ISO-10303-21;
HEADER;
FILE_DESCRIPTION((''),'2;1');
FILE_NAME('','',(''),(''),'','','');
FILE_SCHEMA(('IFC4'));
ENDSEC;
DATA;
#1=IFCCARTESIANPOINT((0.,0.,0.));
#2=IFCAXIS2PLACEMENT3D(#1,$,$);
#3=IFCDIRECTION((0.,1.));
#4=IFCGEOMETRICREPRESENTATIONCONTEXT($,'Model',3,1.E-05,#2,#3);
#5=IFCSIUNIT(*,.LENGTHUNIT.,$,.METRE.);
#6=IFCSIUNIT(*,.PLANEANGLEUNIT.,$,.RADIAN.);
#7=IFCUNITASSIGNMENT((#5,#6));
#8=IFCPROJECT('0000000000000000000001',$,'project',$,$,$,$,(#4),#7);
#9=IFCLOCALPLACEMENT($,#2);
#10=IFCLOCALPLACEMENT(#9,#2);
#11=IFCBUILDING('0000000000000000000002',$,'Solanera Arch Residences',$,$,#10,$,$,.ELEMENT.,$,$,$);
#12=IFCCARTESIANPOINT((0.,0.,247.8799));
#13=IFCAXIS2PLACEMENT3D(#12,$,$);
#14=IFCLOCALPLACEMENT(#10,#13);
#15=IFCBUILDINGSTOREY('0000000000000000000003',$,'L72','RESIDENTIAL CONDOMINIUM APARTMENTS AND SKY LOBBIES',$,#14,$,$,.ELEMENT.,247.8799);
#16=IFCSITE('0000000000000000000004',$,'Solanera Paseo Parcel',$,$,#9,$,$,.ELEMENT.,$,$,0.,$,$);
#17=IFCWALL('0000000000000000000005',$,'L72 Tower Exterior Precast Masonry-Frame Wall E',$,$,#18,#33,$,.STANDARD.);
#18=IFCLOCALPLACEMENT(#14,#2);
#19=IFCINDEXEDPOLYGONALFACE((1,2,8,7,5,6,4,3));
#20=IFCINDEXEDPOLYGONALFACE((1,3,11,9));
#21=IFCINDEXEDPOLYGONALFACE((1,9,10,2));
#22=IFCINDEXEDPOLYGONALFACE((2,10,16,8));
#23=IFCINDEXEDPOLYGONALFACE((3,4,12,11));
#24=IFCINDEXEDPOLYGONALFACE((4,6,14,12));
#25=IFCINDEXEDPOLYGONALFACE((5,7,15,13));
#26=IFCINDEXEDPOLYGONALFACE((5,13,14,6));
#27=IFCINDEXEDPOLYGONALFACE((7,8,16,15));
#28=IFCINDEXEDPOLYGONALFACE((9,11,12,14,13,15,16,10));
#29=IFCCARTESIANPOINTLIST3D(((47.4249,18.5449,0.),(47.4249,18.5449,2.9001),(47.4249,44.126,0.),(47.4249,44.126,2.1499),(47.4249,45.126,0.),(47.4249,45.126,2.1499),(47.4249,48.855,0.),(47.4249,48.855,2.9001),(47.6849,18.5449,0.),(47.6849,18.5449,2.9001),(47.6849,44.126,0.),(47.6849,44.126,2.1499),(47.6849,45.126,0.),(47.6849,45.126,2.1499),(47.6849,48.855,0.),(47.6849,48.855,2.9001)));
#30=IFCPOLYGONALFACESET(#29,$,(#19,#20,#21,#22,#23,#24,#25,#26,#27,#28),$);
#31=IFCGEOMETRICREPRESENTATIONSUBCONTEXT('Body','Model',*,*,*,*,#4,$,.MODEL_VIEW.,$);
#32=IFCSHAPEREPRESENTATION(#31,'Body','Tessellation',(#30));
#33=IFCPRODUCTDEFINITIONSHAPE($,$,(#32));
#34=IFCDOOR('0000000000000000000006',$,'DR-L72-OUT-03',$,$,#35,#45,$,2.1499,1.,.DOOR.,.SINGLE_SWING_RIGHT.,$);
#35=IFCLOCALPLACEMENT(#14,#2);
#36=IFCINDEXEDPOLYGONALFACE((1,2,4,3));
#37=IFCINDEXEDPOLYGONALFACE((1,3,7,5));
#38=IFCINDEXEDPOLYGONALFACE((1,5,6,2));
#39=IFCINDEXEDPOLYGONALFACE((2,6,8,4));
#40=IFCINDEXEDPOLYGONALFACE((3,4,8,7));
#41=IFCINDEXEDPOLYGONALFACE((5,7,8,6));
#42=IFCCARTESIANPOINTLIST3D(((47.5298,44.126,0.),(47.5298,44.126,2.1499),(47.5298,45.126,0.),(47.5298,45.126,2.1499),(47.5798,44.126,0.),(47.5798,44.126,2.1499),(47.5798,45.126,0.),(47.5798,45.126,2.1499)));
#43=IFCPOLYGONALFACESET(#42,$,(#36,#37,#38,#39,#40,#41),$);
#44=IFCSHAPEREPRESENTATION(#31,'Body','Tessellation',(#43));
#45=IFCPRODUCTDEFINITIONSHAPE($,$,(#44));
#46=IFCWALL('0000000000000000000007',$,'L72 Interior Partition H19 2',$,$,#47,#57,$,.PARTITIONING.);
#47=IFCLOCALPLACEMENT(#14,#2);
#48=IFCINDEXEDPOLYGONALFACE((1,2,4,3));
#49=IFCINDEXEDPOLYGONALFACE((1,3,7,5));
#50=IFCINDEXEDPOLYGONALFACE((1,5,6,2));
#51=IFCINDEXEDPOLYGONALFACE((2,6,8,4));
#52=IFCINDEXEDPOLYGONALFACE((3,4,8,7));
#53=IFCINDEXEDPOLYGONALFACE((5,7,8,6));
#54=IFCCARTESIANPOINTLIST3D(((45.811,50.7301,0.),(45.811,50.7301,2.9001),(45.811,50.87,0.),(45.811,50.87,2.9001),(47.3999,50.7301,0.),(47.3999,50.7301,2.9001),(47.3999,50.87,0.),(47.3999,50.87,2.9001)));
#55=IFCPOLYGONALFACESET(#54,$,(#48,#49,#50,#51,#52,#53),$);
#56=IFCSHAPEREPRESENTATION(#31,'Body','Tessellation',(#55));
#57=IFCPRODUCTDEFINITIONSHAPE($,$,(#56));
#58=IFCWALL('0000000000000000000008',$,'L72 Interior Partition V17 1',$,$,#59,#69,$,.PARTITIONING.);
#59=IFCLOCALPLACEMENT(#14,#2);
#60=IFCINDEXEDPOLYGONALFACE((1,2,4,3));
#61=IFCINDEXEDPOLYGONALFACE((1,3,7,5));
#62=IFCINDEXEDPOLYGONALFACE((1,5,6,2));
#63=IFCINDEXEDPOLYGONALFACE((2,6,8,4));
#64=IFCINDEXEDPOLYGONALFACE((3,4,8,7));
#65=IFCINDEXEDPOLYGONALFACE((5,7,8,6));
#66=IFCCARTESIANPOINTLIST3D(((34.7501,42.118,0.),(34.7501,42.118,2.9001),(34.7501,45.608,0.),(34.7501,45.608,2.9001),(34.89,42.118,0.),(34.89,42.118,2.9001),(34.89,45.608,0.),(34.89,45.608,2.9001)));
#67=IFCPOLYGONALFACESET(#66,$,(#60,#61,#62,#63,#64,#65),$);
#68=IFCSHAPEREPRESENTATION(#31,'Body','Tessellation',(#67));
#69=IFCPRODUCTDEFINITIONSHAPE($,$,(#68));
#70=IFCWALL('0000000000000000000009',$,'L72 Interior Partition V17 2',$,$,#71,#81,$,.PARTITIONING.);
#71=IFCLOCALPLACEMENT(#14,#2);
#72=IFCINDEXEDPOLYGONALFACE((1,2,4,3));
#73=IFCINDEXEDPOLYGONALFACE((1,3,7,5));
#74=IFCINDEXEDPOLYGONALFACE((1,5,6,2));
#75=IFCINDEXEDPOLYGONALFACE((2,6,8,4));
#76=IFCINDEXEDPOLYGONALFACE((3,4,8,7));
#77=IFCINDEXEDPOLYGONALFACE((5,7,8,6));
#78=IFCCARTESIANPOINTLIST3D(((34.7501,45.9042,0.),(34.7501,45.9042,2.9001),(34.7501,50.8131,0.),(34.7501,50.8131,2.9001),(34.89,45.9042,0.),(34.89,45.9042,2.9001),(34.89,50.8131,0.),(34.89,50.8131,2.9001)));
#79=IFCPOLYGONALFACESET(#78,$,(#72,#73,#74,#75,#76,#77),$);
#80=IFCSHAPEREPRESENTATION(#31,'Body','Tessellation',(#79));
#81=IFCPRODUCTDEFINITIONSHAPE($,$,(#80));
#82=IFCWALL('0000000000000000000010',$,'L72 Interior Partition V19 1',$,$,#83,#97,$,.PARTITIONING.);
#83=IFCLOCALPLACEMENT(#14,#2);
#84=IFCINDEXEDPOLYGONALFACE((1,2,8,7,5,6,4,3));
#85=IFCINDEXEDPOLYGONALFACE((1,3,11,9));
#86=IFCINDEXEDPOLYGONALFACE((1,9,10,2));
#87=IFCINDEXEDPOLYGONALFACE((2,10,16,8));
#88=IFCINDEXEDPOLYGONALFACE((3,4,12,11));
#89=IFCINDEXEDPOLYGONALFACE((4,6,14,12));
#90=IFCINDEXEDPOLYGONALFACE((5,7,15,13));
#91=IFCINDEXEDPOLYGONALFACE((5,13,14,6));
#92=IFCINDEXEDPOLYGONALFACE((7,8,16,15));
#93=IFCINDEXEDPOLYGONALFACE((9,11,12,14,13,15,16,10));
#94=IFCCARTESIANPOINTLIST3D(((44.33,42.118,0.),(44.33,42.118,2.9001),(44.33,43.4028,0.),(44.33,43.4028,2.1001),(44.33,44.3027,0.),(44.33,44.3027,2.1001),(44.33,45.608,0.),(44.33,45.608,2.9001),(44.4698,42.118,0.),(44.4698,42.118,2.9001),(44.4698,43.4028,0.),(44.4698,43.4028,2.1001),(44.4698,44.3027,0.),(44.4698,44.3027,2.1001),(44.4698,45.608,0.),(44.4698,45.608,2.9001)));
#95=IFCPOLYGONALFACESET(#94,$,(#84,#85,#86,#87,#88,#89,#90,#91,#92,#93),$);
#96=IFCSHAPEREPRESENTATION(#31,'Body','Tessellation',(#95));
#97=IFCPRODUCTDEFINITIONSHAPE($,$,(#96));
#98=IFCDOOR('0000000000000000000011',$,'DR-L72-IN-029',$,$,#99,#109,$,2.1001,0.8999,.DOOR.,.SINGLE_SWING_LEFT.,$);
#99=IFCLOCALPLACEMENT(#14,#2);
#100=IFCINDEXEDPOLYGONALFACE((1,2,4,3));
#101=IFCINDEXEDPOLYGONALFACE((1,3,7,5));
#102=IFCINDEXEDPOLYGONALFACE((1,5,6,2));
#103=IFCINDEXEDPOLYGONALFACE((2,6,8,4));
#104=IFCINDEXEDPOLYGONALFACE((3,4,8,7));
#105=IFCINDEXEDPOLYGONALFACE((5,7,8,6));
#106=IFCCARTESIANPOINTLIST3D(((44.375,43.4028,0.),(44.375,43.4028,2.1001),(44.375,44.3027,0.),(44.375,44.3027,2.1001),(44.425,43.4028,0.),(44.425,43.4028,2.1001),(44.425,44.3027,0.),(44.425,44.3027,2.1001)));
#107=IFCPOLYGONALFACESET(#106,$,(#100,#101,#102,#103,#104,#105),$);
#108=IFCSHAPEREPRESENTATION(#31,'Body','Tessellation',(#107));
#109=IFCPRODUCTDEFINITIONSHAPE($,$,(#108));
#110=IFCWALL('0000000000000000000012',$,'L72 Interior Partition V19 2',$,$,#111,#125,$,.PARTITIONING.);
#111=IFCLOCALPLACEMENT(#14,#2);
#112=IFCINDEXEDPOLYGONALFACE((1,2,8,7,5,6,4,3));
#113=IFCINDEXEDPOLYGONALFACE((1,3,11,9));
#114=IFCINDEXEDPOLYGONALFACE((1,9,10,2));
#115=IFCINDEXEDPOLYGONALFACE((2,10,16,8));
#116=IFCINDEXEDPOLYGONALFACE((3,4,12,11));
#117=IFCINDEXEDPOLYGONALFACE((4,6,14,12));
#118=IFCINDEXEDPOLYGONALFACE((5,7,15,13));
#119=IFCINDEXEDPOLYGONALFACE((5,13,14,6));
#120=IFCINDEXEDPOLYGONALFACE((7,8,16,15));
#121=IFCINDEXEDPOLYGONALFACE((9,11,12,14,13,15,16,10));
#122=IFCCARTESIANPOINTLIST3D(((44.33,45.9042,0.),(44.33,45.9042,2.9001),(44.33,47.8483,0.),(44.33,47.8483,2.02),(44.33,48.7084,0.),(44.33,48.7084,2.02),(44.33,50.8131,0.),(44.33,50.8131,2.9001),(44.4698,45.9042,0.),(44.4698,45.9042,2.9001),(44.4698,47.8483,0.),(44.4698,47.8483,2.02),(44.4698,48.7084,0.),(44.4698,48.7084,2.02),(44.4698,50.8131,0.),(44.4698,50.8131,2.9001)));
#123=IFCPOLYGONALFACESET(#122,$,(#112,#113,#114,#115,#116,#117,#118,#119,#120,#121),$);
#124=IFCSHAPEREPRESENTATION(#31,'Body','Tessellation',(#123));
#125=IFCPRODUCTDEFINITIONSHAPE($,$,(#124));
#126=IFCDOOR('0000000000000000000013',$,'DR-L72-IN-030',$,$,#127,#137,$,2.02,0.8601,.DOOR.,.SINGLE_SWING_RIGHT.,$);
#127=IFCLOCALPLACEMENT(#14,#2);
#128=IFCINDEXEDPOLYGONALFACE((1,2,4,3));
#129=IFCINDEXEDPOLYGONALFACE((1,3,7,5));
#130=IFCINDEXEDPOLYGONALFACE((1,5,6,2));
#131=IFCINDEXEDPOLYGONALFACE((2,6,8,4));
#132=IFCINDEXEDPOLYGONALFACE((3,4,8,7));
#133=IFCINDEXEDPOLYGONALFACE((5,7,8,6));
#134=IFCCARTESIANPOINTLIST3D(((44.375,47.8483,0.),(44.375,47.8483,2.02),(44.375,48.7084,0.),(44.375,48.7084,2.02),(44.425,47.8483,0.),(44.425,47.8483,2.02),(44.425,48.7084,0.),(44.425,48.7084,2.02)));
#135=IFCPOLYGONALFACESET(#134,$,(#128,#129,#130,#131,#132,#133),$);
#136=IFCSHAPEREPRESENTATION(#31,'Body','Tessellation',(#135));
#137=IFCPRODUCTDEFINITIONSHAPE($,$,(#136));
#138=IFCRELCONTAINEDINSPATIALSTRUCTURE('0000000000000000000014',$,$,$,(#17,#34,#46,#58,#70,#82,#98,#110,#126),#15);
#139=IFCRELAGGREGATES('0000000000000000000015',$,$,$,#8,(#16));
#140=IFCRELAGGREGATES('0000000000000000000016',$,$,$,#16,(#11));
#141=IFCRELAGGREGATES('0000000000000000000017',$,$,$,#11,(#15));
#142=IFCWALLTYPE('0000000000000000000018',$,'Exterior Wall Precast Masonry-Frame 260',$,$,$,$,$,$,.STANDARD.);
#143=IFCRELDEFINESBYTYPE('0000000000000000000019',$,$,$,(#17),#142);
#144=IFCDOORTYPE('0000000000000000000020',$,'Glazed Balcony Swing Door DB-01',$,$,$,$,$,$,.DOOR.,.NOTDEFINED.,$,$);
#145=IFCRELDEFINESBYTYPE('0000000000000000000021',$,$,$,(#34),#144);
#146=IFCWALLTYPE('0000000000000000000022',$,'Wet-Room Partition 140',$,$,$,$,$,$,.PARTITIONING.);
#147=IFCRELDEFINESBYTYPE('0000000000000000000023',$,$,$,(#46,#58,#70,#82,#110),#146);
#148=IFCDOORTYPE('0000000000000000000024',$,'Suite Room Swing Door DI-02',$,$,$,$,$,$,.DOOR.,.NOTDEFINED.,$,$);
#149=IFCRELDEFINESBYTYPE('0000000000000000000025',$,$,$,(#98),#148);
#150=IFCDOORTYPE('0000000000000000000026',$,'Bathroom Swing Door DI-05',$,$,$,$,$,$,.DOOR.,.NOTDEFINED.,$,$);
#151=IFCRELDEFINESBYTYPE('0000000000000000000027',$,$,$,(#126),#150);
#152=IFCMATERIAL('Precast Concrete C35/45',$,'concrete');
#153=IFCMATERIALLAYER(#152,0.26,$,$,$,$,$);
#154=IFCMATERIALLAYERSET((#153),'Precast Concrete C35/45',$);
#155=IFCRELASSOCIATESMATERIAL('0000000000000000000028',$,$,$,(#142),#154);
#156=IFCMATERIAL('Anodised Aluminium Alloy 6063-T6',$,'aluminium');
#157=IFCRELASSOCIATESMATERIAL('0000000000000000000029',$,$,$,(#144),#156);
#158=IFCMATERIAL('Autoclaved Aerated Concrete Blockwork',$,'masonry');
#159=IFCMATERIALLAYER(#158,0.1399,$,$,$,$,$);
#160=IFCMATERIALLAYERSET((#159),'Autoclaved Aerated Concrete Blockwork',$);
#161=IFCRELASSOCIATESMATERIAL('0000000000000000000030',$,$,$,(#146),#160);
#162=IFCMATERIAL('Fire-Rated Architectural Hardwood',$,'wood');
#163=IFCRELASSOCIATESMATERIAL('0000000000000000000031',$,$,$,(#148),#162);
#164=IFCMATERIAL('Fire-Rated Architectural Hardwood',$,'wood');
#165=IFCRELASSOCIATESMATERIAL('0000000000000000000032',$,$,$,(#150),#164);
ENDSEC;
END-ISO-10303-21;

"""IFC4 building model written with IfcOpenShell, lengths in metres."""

from ifc_helpers import new_model, si_unit, direction, frame, frame_2d, origin, place, context, subcontext, project, spatial, rectangle, extrude, material, layer, layer_set, type_object, element, fill, save


model = new_model("IFC4")

# Units and contexts
model_context = context("Model", 3, precision=1e-05, world=origin(), true_north=direction((0.0, 1.0)))
body_context = subcontext(model_context, "Body", "Model", "MODEL_VIEW")
ifc_project = project(units=[si_unit("LENGTHUNIT", "METRE"), si_unit("PLANEANGLEUNIT", "RADIAN")], contexts=[model_context])

# Site, building, storey
site_placement = place(None, origin())
site = spatial("IfcSite", under=ifc_project, at=site_placement, Name="Solanera Paseo Parcel", CompositionType="ELEMENT", RefElevation=0.0)
building_placement = place(site_placement, origin())
building = spatial("IfcBuilding", under=site, at=building_placement, Name="Solanera Arch Residences", CompositionType="ELEMENT")
storey_placement = place(building_placement, frame((0.0, 0.0, 247.8799)))
storey = spatial("IfcBuildingStorey", under=building, at=storey_placement, Name="L72", Description="RESIDENTIAL CONDOMINIUM APARTMENTS AND SKY LOBBIES", CompositionType="ELEMENT", Elevation=247.8799)

# Shared definitions
ifc_material_1 = material(Name="Precast Concrete C35/45", Category="concrete")
ifc_layer_1 = layer(ifc_material_1, 0.26)
ifc_layer_set_1 = layer_set([ifc_layer_1], Name="Precast Concrete C35/45")
wall_type_1 = type_object("IfcWallType", Name="Exterior Wall Precast Masonry-Frame 260", PredefinedType="STANDARD", material=ifc_layer_set_1)

# Wall, opening, door
wall_1_placement = place(storey_placement, frame((47.5549, 48.855, 0.0), z_axis=(0.0, 0.0, 1.0), x_axis=(0.0, -1.0, 0.0)))
wall_1 = element("IfcWall", 1, at=wall_1_placement, inside=storey, type_object=wall_type_1, Name="L72 Tower Exterior Precast Masonry-Frame Wall E", PredefinedType="STANDARD", context=body_context, shape_type="SweptSolid", body=[
    extrude(rectangle(XDim=30.3101, YDim=0.26, at=frame_2d((15.155, 0.0))), origin(), (0.0, 0.0, 1.0), 2.9001),
])
opening_1_placement = place(wall_1_placement, frame((3.729, 0.0, 0.0)))
opening_1 = element("IfcOpeningElement", 2, at=opening_1_placement, cuts=wall_1, PredefinedType="OPENING", context=body_context, shape_type="SweptSolid", body=[
    extrude(rectangle(XDim=1.0, YDim=2.1499, at=frame_2d((0.5, 1.075))), frame((0.0, 0.1399, 0.0), z_axis=(0.0, -1.0, 0.0), x_axis=(1.0, 0.0, 0.0)), (0.0, 0.0, 1.0), 0.28),
])
ifc_material_2 = material(Name="Anodised Aluminium Alloy 6063-T6", Category="aluminium")
door_type_1 = type_object("IfcDoorType", Name="Glazed Balcony Swing Door DB-01", OperationType="NOTDEFINED", PredefinedType="DOOR", material=ifc_material_2)
door_1_placement = place(opening_1_placement, origin())
door_1 = element("IfcDoor", 3, at=door_1_placement, inside=storey, type_object=door_type_1, Name="DR-L72-OUT-03", OperationType="SINGLE_SWING_RIGHT", OverallHeight=2.1499, OverallWidth=1.0, PredefinedType="DOOR", context=body_context, shape_type="SweptSolid", body=[
    extrude(rectangle(XDim=1.0, YDim=2.1499, at=frame_2d((0.5, 1.075))), frame((0.0, 0.0249, 0.0), z_axis=(0.0, -1.0, 0.0), x_axis=(1.0, 0.0, 0.0)), (0.0, 0.0, 1.0), 0.05),
])
fill(opening_1, door_1)

# Walls
ifc_material_3 = material(Name="Autoclaved Aerated Concrete Blockwork", Category="masonry")
ifc_layer_2 = layer(ifc_material_3, 0.1399)
ifc_layer_set_2 = layer_set([ifc_layer_2], Name="Autoclaved Aerated Concrete Blockwork")
wall_type_2 = type_object("IfcWallType", Name="Wet-Room Partition 140", PredefinedType="PARTITIONING", material=ifc_layer_set_2)
wall_2_placement = place(storey_placement, frame((45.811, 50.8, 0.0), z_axis=(0.0, 0.0, 1.0), x_axis=(1.0, 0.0, 0.0)))
element("IfcWall", 4, at=wall_2_placement, inside=storey, type_object=wall_type_2, Name="L72 Interior Partition H19 2", PredefinedType="PARTITIONING", context=body_context, shape_type="SweptSolid", body=[
    extrude(rectangle(XDim=1.5889, YDim=0.1399, at=frame_2d((0.7944, 0.0))), origin(), (0.0, 0.0, 1.0), 2.9001),
])
wall_3_placement = place(storey_placement, frame((34.8201, 42.1179, 0.0), z_axis=(0.0, 0.0, 1.0), x_axis=(0.0, 1.0, 0.0)))
element("IfcWall", 5, at=wall_3_placement, inside=storey, type_object=wall_type_2, Name="L72 Interior Partition V17 1", PredefinedType="PARTITIONING", context=body_context, shape_type="SweptSolid", body=[
    extrude(rectangle(XDim=3.49, YDim=0.1399, at=frame_2d((1.7451, 0.0))), origin(), (0.0, 0.0, 1.0), 2.9001),
])
wall_4_placement = place(storey_placement, frame((34.8201, 45.9041, 0.0), z_axis=(0.0, 0.0, 1.0), x_axis=(0.0, 1.0, 0.0)))
element("IfcWall", 6, at=wall_4_placement, inside=storey, type_object=wall_type_2, Name="L72 Interior Partition V17 2", PredefinedType="PARTITIONING", context=body_context, shape_type="SweptSolid", body=[
    extrude(rectangle(XDim=4.9089, YDim=0.1399, at=frame_2d((2.4546, 0.0))), origin(), (0.0, 0.0, 1.0), 2.9001),
])

# Walls, openings, doors
wall_5_placement = place(storey_placement, frame((44.3999, 42.1179, 0.0), z_axis=(0.0, 0.0, 1.0), x_axis=(0.0, 1.0, 0.0)))
wall_5 = element("IfcWall", 7, at=wall_5_placement, inside=storey, type_object=wall_type_2, Name="L72 Interior Partition V19 1", PredefinedType="PARTITIONING", context=body_context, shape_type="SweptSolid", body=[
    extrude(rectangle(XDim=3.49, YDim=0.1399, at=frame_2d((1.7451, 0.0))), origin(), (0.0, 0.0, 1.0), 2.9001),
])
opening_2_placement = place(wall_5_placement, frame((1.2849, 0.0, 0.0)))
opening_2 = element("IfcOpeningElement", 8, at=opening_2_placement, cuts=wall_5, PredefinedType="OPENING", context=body_context, shape_type="SweptSolid", body=[
    extrude(rectangle(XDim=0.8999, YDim=2.1001, at=frame_2d((0.45, 1.05))), frame((0.0, 0.0798, 0.0), z_axis=(0.0, -1.0, 0.0), x_axis=(1.0, 0.0, 0.0)), (0.0, 0.0, 1.0), 0.1599),
])
ifc_material_4 = material(Name="Fire-Rated Architectural Hardwood", Category="wood")
door_type_2 = type_object("IfcDoorType", Name="Suite Room Swing Door DI-02", OperationType="NOTDEFINED", PredefinedType="DOOR", material=ifc_material_4)
door_2_placement = place(opening_2_placement, origin())
door_2 = element("IfcDoor", 9, at=door_2_placement, inside=storey, type_object=door_type_2, Name="DR-L72-IN-029", OperationType="SINGLE_SWING_LEFT", OverallHeight=2.1001, OverallWidth=0.8999, PredefinedType="DOOR", context=body_context, shape_type="SweptSolid", body=[
    extrude(rectangle(XDim=0.8999, YDim=2.1001, at=frame_2d((0.45, 1.05))), frame((0.0, 0.0249, 0.0), z_axis=(0.0, -1.0, 0.0), x_axis=(1.0, 0.0, 0.0)), (0.0, 0.0, 1.0), 0.05),
])
fill(opening_2, door_2)
wall_6_placement = place(storey_placement, frame((44.3999, 45.9041, 0.0), z_axis=(0.0, 0.0, 1.0), x_axis=(0.0, 1.0, 0.0)))
wall_6 = element("IfcWall", 10, at=wall_6_placement, inside=storey, type_object=wall_type_2, Name="L72 Interior Partition V19 2", PredefinedType="PARTITIONING", context=body_context, shape_type="SweptSolid", body=[
    extrude(rectangle(XDim=4.9089, YDim=0.1399, at=frame_2d((2.4546, 0.0))), origin(), (0.0, 0.0, 1.0), 2.9001),
])
opening_3_placement = place(wall_6_placement, frame((1.9441, 0.0, 0.0)))
opening_3 = element("IfcOpeningElement", 11, at=opening_3_placement, cuts=wall_6, PredefinedType="OPENING", context=body_context, shape_type="SweptSolid", body=[
    extrude(rectangle(XDim=0.8601, YDim=2.02, at=frame_2d((0.4302, 1.01))), frame((0.0, 0.0798, 0.0), z_axis=(0.0, -1.0, 0.0), x_axis=(1.0, 0.0, 0.0)), (0.0, 0.0, 1.0), 0.1599),
])
ifc_material_5 = material(Name="Fire-Rated Architectural Hardwood", Category="wood")
door_type_3 = type_object("IfcDoorType", Name="Bathroom Swing Door DI-05", OperationType="NOTDEFINED", PredefinedType="DOOR", material=ifc_material_5)
door_3_placement = place(opening_3_placement, origin())
door_3 = element("IfcDoor", 12, at=door_3_placement, inside=storey, type_object=door_type_3, Name="DR-L72-IN-030", OperationType="SINGLE_SWING_RIGHT", OverallHeight=2.02, OverallWidth=0.8601, PredefinedType="DOOR", context=body_context, shape_type="SweptSolid", body=[
    extrude(rectangle(XDim=0.8601, YDim=2.02, at=frame_2d((0.4302, 1.01))), frame((0.0, 0.0249, 0.0), z_axis=(0.0, -1.0, 0.0), x_axis=(1.0, 0.0, 0.0)), (0.0, 0.0, 1.0), 0.05),
])
fill(opening_3, door_3)

save(model, "model.ifc")
